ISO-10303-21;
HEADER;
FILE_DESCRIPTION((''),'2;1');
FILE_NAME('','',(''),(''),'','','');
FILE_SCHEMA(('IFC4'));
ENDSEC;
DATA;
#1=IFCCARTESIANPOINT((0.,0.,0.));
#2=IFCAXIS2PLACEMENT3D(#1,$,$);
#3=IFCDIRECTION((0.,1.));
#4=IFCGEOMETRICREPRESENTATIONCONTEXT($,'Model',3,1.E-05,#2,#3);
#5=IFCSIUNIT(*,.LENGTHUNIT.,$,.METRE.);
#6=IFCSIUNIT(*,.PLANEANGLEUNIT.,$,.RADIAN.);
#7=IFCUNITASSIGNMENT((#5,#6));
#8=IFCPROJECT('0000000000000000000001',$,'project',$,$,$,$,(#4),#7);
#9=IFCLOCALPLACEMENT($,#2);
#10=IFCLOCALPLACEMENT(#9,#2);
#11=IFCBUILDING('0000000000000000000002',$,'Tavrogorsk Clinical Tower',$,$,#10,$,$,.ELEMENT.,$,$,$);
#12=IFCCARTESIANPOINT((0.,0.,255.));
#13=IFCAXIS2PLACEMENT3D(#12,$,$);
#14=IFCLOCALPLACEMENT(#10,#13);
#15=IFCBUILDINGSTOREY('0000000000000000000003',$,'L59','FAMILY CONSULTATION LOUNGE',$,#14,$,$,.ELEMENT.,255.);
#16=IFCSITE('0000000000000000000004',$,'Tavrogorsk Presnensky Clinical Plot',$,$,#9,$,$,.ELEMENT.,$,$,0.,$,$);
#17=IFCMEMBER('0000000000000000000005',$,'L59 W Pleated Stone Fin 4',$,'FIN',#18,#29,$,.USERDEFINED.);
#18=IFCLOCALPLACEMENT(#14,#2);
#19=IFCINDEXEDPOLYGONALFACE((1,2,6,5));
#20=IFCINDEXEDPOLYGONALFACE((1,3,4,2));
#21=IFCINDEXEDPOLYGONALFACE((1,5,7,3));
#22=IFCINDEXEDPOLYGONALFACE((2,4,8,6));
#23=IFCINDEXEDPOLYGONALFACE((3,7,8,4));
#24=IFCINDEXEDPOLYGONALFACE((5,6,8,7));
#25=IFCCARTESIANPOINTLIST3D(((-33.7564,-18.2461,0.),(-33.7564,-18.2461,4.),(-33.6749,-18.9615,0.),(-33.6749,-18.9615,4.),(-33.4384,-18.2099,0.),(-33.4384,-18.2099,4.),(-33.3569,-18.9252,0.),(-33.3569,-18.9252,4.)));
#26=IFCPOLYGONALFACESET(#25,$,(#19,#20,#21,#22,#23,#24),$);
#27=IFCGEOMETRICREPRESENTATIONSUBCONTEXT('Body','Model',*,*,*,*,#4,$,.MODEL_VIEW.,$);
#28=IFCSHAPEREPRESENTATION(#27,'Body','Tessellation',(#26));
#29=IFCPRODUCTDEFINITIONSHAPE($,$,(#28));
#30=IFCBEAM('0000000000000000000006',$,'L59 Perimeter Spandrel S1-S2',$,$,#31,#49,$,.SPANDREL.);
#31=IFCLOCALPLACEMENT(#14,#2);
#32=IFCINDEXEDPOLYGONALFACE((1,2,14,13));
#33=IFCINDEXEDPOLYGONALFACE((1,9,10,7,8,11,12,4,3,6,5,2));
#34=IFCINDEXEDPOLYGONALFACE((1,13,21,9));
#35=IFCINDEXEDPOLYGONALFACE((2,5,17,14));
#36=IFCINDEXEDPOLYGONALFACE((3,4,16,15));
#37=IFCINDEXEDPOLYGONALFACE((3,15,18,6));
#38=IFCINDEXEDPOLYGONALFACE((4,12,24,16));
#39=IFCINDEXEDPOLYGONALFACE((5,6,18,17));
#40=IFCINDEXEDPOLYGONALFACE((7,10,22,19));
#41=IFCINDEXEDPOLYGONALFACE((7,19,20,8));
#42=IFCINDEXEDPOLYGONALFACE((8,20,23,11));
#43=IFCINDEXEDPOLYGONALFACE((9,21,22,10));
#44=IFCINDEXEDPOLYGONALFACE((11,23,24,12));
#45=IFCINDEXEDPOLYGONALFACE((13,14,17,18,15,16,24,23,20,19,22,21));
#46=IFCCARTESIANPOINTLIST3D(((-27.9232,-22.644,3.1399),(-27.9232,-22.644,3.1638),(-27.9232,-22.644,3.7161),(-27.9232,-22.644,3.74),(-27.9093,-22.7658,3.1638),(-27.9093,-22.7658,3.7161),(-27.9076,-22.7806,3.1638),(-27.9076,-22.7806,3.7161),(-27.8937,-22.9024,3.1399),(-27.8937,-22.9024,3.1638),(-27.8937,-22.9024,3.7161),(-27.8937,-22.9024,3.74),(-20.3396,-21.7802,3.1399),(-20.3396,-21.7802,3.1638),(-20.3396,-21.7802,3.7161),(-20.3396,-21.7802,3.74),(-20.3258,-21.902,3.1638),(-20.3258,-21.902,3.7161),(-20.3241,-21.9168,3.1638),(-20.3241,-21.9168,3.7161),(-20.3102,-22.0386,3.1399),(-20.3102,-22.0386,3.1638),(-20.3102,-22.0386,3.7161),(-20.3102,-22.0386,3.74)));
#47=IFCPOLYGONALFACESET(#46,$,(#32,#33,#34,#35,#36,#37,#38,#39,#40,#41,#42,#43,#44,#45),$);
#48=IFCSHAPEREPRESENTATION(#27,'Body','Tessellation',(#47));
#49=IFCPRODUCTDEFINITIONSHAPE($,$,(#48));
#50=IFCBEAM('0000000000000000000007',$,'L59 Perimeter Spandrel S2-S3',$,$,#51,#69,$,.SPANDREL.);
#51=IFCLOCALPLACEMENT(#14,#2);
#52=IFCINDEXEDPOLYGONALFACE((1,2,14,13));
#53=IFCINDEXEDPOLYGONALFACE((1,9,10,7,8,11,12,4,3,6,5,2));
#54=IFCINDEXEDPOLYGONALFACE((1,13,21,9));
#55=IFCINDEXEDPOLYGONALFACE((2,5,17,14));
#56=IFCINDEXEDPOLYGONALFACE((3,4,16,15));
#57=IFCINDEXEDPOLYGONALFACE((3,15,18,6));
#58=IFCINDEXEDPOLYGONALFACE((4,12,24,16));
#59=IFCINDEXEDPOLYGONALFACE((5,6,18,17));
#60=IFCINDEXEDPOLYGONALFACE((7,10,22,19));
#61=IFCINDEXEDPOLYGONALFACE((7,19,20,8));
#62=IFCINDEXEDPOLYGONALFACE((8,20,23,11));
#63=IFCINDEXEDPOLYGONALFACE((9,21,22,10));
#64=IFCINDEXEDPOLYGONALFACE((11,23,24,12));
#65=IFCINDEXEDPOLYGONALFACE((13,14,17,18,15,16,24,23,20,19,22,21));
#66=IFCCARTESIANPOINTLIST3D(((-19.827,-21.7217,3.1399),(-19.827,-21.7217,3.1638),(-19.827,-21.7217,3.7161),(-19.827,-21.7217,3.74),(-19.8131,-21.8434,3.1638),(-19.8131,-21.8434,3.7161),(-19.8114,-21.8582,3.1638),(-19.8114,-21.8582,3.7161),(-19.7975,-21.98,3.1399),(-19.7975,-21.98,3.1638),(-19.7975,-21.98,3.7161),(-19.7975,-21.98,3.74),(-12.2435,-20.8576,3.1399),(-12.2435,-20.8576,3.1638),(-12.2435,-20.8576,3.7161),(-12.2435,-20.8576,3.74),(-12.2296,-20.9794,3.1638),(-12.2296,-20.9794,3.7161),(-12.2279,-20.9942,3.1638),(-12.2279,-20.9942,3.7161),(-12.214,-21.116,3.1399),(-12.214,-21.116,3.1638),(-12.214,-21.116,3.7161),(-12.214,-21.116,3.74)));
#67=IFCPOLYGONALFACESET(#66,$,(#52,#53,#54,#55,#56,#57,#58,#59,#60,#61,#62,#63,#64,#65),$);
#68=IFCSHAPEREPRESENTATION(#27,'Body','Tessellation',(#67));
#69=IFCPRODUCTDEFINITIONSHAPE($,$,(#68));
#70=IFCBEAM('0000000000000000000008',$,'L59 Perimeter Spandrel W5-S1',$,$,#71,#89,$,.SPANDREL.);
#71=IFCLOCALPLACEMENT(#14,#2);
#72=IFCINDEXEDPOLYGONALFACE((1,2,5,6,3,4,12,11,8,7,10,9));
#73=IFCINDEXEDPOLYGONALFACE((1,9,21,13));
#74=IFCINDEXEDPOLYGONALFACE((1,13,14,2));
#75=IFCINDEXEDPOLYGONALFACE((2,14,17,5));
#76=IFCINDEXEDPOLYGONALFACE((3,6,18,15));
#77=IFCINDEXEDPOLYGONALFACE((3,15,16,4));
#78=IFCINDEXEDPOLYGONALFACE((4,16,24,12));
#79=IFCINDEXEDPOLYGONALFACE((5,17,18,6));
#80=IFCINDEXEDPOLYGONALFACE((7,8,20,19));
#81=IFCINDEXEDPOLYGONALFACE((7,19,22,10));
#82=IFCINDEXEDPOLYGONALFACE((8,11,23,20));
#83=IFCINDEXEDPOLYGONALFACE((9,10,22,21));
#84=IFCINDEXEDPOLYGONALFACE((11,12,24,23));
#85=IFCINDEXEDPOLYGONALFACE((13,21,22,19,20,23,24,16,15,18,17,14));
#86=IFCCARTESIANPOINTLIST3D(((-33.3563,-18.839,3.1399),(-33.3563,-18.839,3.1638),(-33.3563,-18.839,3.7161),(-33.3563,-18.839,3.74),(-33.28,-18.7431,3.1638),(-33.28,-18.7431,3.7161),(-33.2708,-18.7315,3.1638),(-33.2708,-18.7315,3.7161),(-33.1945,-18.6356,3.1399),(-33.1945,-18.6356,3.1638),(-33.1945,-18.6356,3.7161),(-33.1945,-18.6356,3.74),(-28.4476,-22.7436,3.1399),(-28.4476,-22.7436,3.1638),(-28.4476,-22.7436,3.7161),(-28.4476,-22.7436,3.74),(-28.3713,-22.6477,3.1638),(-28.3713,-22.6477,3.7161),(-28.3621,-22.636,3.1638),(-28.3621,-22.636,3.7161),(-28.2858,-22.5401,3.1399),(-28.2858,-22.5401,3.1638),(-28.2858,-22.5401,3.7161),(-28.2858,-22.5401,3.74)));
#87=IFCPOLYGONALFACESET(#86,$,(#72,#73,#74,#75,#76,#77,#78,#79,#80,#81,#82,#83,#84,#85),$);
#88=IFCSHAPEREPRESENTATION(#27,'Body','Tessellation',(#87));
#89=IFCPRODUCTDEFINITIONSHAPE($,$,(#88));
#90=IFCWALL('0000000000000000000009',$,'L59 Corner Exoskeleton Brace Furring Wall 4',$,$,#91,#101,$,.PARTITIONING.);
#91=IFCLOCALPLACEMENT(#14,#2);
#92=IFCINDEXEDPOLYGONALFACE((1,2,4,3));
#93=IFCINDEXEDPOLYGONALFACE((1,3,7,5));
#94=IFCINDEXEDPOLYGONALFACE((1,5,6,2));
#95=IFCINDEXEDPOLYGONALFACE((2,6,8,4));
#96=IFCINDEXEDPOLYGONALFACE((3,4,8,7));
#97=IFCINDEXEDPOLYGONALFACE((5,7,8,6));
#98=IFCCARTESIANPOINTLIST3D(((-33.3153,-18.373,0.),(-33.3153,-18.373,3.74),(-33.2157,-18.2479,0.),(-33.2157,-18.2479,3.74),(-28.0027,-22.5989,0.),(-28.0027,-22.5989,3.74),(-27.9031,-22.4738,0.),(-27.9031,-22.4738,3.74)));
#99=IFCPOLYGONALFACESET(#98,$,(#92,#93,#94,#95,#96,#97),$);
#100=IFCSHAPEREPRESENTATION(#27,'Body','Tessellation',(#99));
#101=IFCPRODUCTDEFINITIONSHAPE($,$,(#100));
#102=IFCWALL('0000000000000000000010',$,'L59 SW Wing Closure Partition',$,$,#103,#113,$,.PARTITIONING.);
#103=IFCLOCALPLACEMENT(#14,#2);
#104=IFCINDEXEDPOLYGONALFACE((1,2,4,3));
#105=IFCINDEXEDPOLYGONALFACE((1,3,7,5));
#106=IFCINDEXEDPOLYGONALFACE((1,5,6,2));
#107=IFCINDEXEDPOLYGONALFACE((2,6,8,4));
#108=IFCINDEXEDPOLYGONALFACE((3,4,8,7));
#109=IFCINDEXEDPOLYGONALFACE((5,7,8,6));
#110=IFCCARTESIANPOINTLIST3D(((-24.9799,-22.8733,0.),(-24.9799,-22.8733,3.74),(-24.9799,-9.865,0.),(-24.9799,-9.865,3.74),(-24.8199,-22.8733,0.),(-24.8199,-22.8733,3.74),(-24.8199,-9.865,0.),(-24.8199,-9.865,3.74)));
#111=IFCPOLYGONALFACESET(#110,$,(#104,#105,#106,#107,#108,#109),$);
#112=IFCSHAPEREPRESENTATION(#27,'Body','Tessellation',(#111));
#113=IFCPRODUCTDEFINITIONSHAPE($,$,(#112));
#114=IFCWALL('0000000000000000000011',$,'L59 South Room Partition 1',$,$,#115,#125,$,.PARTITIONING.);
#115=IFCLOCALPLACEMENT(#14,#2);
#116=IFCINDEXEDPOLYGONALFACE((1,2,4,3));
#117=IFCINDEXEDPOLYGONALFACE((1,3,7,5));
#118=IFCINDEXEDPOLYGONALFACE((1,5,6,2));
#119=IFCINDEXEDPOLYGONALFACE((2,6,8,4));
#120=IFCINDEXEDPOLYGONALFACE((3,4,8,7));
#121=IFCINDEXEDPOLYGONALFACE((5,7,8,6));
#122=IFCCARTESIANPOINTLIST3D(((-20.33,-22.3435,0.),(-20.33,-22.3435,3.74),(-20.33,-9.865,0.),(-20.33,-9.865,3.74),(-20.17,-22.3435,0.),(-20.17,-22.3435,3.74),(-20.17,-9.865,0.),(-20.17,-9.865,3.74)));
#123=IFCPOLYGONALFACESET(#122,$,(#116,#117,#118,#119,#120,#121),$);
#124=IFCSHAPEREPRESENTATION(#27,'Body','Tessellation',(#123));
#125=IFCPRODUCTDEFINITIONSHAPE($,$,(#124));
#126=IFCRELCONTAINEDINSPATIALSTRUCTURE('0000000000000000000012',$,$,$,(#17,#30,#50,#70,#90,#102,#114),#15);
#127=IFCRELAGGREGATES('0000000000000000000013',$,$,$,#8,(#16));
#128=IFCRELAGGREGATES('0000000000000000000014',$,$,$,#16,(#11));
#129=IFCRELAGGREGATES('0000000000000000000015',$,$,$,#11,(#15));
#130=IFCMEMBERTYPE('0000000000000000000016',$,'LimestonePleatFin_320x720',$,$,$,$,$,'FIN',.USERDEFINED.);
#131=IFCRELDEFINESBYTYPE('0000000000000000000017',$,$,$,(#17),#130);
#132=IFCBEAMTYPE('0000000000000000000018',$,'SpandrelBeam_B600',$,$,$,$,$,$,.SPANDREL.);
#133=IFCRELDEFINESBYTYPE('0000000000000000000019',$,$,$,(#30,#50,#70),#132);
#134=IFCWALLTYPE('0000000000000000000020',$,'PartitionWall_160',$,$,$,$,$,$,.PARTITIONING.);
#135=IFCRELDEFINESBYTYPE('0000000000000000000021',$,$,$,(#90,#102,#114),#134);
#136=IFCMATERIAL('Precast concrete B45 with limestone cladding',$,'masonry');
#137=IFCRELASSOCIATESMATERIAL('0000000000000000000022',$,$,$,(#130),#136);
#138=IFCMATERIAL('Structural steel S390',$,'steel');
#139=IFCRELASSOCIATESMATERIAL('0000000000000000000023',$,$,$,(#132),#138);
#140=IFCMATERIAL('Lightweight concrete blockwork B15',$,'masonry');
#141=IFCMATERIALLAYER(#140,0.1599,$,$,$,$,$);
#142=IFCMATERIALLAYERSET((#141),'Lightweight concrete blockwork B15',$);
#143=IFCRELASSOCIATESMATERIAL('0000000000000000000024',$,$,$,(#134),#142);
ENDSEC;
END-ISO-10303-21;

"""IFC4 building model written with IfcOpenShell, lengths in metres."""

from ifc_helpers import new_model, si_unit, direction, frame, frame_2d, origin, origin_2d, place, context, subcontext, project, spatial, rectangle, i_section, extrude, material, layer, layer_set, material_profile, profile_set, type_object, element, save


model = new_model("IFC4")

# Units and contexts
model_context = context("Model", 3, precision=1e-05, world=origin(), true_north=direction((0.0, 1.0)))
body_context = subcontext(model_context, "Body", "Model", "MODEL_VIEW")
ifc_project = project(units=[si_unit("LENGTHUNIT", "METRE"), si_unit("PLANEANGLEUNIT", "RADIAN")], contexts=[model_context])

# Site, building, storey
site_placement = place(None, origin())
site = spatial("IfcSite", under=ifc_project, at=site_placement, Name="Tavrogorsk Presnensky Clinical Plot", CompositionType="ELEMENT", RefElevation=0.0)
building_placement = place(site_placement, origin())
building = spatial("IfcBuilding", under=site, at=building_placement, Name="Tavrogorsk Clinical Tower", CompositionType="ELEMENT")
storey_placement = place(building_placement, frame((0.0, 0.0, 255.0)))
storey = spatial("IfcBuildingStorey", under=building, at=storey_placement, Name="L59", Description="FAMILY CONSULTATION LOUNGE", CompositionType="ELEMENT", Elevation=255.0)

# Member
ifc_material_1 = material(Name="Precast concrete B45 with limestone cladding", Category="masonry")
ifc_material_profile_1 = material_profile(ifc_material_1, rectangle(XDim=0.3201, YDim=0.72, at=origin_2d()), Name="LIMESTONE-FIN-320x720")
ifc_profile_set_1 = profile_set([ifc_material_profile_1], Name="Precast concrete B45 with limestone cladding")
member_type_1 = type_object("IfcMemberType", Name="LimestonePleatFin_320x720", ElementType="FIN", PredefinedType="USERDEFINED", material=ifc_profile_set_1)
member_1_placement = place(storey_placement, frame((-33.5566, -18.5857, 0.0), z_axis=(0.0, 0.0, 1.0), x_axis=(0.993572, 0.113203, 0.0)))
element("IfcMember", 1, at=member_1_placement, inside=storey, type_object=member_type_1, Name="L59 W Pleated Stone Fin 4", ObjectType="FIN", PredefinedType="USERDEFINED", context=body_context, shape_type="SweptSolid", body=[
    extrude(rectangle(XDim=0.3201, YDim=0.72, at=origin_2d()), origin(), (0.0, 0.0, 1.0), 4.0),
])

# Beams
ifc_material_2 = material(Name="Structural steel S390", Category="steel")
ifc_material_profile_2 = material_profile(ifc_material_2, i_section(OverallWidth=0.26, OverallDepth=0.6001, WebThickness=0.0149, FlangeThickness=0.0239, at=origin_2d()), Name="B-600x260x15x24")
ifc_profile_set_2 = profile_set([ifc_material_profile_2], Name="Structural steel S390")
beam_type_1 = type_object("IfcBeamType", Name="SpandrelBeam_B600", PredefinedType="SPANDREL", material=ifc_profile_set_2)
for number, where, z_axis, x_axis, name in (
    (2, (-27.9084, -22.7732, 3.4399), (0.993576, 0.113169, 0.0), (-0.113169, 0.993576, 0.0), "L59 Perimeter Spandrel S1-S2"),
    (3, (-19.8123, -21.8508, 3.4399), (0.993572, 0.113201, 0.0), (-0.113201, 0.993572, 0.0), "L59 Perimeter Spandrel S2-S3"),
):
    element("IfcBeam", number, at=place(storey_placement, frame(where, z_axis=z_axis, x_axis=x_axis)), inside=storey, type_object=beam_type_1, Name=name, PredefinedType="SPANDREL", context=body_context, shape_type="SweptSolid", body=[
        extrude(i_section(OverallWidth=0.26, OverallDepth=0.6001, WebThickness=0.0149, FlangeThickness=0.0239, at=origin_2d()), origin(), (0.0, 0.0, 1.0), 7.6326),
    ])
beam_1_placement = place(storey_placement, frame((-33.2754, -18.7373, 3.4399), z_axis=(0.782609, -0.622514, 0.0), x_axis=(0.622514, 0.782609, 0.0)))
element("IfcBeam", 4, at=beam_1_placement, inside=storey, type_object=beam_type_1, Name="L59 Perimeter Spandrel W5-S1", PredefinedType="SPANDREL", context=body_context, shape_type="SweptSolid", body=[
    extrude(i_section(OverallWidth=0.26, OverallDepth=0.6001, WebThickness=0.0149, FlangeThickness=0.0239, at=origin_2d()), origin(), (0.0, 0.0, 1.0), 6.2722),
])

# Walls
ifc_material_3 = material(Name="Lightweight concrete blockwork B15", Category="masonry")
ifc_layer_1 = layer(ifc_material_3, 0.1599)
ifc_layer_set_1 = layer_set([ifc_layer_1], Name="Lightweight concrete blockwork B15")
wall_type_1 = type_object("IfcWallType", Name="PartitionWall_160", PredefinedType="PARTITIONING", material=ifc_layer_set_1)
wall_1_placement = place(storey_placement, frame((-33.2654, -18.3105, 0.0), z_axis=(0.0, 0.0, 1.0), x_axis=(0.782603, -0.622522, 0.0)))
element("IfcWall", 5, at=wall_1_placement, inside=storey, type_object=wall_type_1, Name="L59 Corner Exoskeleton Brace Furring Wall 4", PredefinedType="PARTITIONING", context=body_context, shape_type="SweptSolid", body=[
    extrude(rectangle(XDim=6.7883, YDim=0.1599, at=frame_2d((3.394, 0.0))), origin(), (0.0, 0.0, 1.0), 3.74),
])
wall_2_placement = place(storey_placement, frame((-24.8999, -22.8733, 0.0), z_axis=(0.0, 0.0, 1.0), x_axis=(0.0, 1.0, 0.0)))
element("IfcWall", 6, at=wall_2_placement, inside=storey, type_object=wall_type_1, Name="L59 SW Wing Closure Partition", PredefinedType="PARTITIONING", context=body_context, shape_type="SweptSolid", body=[
    extrude(rectangle(XDim=13.0083, YDim=0.1599, at=frame_2d((6.5042, 0.0))), origin(), (0.0, 0.0, 1.0), 3.74),
])
wall_3_placement = place(storey_placement, frame((-20.25, -22.3435, 0.0), z_axis=(0.0, 0.0, 1.0), x_axis=(0.0, 1.0, 0.0)))
element("IfcWall", 7, at=wall_3_placement, inside=storey, type_object=wall_type_1, Name="L59 South Room Partition 1", PredefinedType="PARTITIONING", context=body_context, shape_type="SweptSolid", body=[
    extrude(rectangle(XDim=12.4785, YDim=0.1599, at=frame_2d((6.2393, 0.0))), origin(), (0.0, 0.0, 1.0), 3.74),
])

save(model, "model.ifc")
